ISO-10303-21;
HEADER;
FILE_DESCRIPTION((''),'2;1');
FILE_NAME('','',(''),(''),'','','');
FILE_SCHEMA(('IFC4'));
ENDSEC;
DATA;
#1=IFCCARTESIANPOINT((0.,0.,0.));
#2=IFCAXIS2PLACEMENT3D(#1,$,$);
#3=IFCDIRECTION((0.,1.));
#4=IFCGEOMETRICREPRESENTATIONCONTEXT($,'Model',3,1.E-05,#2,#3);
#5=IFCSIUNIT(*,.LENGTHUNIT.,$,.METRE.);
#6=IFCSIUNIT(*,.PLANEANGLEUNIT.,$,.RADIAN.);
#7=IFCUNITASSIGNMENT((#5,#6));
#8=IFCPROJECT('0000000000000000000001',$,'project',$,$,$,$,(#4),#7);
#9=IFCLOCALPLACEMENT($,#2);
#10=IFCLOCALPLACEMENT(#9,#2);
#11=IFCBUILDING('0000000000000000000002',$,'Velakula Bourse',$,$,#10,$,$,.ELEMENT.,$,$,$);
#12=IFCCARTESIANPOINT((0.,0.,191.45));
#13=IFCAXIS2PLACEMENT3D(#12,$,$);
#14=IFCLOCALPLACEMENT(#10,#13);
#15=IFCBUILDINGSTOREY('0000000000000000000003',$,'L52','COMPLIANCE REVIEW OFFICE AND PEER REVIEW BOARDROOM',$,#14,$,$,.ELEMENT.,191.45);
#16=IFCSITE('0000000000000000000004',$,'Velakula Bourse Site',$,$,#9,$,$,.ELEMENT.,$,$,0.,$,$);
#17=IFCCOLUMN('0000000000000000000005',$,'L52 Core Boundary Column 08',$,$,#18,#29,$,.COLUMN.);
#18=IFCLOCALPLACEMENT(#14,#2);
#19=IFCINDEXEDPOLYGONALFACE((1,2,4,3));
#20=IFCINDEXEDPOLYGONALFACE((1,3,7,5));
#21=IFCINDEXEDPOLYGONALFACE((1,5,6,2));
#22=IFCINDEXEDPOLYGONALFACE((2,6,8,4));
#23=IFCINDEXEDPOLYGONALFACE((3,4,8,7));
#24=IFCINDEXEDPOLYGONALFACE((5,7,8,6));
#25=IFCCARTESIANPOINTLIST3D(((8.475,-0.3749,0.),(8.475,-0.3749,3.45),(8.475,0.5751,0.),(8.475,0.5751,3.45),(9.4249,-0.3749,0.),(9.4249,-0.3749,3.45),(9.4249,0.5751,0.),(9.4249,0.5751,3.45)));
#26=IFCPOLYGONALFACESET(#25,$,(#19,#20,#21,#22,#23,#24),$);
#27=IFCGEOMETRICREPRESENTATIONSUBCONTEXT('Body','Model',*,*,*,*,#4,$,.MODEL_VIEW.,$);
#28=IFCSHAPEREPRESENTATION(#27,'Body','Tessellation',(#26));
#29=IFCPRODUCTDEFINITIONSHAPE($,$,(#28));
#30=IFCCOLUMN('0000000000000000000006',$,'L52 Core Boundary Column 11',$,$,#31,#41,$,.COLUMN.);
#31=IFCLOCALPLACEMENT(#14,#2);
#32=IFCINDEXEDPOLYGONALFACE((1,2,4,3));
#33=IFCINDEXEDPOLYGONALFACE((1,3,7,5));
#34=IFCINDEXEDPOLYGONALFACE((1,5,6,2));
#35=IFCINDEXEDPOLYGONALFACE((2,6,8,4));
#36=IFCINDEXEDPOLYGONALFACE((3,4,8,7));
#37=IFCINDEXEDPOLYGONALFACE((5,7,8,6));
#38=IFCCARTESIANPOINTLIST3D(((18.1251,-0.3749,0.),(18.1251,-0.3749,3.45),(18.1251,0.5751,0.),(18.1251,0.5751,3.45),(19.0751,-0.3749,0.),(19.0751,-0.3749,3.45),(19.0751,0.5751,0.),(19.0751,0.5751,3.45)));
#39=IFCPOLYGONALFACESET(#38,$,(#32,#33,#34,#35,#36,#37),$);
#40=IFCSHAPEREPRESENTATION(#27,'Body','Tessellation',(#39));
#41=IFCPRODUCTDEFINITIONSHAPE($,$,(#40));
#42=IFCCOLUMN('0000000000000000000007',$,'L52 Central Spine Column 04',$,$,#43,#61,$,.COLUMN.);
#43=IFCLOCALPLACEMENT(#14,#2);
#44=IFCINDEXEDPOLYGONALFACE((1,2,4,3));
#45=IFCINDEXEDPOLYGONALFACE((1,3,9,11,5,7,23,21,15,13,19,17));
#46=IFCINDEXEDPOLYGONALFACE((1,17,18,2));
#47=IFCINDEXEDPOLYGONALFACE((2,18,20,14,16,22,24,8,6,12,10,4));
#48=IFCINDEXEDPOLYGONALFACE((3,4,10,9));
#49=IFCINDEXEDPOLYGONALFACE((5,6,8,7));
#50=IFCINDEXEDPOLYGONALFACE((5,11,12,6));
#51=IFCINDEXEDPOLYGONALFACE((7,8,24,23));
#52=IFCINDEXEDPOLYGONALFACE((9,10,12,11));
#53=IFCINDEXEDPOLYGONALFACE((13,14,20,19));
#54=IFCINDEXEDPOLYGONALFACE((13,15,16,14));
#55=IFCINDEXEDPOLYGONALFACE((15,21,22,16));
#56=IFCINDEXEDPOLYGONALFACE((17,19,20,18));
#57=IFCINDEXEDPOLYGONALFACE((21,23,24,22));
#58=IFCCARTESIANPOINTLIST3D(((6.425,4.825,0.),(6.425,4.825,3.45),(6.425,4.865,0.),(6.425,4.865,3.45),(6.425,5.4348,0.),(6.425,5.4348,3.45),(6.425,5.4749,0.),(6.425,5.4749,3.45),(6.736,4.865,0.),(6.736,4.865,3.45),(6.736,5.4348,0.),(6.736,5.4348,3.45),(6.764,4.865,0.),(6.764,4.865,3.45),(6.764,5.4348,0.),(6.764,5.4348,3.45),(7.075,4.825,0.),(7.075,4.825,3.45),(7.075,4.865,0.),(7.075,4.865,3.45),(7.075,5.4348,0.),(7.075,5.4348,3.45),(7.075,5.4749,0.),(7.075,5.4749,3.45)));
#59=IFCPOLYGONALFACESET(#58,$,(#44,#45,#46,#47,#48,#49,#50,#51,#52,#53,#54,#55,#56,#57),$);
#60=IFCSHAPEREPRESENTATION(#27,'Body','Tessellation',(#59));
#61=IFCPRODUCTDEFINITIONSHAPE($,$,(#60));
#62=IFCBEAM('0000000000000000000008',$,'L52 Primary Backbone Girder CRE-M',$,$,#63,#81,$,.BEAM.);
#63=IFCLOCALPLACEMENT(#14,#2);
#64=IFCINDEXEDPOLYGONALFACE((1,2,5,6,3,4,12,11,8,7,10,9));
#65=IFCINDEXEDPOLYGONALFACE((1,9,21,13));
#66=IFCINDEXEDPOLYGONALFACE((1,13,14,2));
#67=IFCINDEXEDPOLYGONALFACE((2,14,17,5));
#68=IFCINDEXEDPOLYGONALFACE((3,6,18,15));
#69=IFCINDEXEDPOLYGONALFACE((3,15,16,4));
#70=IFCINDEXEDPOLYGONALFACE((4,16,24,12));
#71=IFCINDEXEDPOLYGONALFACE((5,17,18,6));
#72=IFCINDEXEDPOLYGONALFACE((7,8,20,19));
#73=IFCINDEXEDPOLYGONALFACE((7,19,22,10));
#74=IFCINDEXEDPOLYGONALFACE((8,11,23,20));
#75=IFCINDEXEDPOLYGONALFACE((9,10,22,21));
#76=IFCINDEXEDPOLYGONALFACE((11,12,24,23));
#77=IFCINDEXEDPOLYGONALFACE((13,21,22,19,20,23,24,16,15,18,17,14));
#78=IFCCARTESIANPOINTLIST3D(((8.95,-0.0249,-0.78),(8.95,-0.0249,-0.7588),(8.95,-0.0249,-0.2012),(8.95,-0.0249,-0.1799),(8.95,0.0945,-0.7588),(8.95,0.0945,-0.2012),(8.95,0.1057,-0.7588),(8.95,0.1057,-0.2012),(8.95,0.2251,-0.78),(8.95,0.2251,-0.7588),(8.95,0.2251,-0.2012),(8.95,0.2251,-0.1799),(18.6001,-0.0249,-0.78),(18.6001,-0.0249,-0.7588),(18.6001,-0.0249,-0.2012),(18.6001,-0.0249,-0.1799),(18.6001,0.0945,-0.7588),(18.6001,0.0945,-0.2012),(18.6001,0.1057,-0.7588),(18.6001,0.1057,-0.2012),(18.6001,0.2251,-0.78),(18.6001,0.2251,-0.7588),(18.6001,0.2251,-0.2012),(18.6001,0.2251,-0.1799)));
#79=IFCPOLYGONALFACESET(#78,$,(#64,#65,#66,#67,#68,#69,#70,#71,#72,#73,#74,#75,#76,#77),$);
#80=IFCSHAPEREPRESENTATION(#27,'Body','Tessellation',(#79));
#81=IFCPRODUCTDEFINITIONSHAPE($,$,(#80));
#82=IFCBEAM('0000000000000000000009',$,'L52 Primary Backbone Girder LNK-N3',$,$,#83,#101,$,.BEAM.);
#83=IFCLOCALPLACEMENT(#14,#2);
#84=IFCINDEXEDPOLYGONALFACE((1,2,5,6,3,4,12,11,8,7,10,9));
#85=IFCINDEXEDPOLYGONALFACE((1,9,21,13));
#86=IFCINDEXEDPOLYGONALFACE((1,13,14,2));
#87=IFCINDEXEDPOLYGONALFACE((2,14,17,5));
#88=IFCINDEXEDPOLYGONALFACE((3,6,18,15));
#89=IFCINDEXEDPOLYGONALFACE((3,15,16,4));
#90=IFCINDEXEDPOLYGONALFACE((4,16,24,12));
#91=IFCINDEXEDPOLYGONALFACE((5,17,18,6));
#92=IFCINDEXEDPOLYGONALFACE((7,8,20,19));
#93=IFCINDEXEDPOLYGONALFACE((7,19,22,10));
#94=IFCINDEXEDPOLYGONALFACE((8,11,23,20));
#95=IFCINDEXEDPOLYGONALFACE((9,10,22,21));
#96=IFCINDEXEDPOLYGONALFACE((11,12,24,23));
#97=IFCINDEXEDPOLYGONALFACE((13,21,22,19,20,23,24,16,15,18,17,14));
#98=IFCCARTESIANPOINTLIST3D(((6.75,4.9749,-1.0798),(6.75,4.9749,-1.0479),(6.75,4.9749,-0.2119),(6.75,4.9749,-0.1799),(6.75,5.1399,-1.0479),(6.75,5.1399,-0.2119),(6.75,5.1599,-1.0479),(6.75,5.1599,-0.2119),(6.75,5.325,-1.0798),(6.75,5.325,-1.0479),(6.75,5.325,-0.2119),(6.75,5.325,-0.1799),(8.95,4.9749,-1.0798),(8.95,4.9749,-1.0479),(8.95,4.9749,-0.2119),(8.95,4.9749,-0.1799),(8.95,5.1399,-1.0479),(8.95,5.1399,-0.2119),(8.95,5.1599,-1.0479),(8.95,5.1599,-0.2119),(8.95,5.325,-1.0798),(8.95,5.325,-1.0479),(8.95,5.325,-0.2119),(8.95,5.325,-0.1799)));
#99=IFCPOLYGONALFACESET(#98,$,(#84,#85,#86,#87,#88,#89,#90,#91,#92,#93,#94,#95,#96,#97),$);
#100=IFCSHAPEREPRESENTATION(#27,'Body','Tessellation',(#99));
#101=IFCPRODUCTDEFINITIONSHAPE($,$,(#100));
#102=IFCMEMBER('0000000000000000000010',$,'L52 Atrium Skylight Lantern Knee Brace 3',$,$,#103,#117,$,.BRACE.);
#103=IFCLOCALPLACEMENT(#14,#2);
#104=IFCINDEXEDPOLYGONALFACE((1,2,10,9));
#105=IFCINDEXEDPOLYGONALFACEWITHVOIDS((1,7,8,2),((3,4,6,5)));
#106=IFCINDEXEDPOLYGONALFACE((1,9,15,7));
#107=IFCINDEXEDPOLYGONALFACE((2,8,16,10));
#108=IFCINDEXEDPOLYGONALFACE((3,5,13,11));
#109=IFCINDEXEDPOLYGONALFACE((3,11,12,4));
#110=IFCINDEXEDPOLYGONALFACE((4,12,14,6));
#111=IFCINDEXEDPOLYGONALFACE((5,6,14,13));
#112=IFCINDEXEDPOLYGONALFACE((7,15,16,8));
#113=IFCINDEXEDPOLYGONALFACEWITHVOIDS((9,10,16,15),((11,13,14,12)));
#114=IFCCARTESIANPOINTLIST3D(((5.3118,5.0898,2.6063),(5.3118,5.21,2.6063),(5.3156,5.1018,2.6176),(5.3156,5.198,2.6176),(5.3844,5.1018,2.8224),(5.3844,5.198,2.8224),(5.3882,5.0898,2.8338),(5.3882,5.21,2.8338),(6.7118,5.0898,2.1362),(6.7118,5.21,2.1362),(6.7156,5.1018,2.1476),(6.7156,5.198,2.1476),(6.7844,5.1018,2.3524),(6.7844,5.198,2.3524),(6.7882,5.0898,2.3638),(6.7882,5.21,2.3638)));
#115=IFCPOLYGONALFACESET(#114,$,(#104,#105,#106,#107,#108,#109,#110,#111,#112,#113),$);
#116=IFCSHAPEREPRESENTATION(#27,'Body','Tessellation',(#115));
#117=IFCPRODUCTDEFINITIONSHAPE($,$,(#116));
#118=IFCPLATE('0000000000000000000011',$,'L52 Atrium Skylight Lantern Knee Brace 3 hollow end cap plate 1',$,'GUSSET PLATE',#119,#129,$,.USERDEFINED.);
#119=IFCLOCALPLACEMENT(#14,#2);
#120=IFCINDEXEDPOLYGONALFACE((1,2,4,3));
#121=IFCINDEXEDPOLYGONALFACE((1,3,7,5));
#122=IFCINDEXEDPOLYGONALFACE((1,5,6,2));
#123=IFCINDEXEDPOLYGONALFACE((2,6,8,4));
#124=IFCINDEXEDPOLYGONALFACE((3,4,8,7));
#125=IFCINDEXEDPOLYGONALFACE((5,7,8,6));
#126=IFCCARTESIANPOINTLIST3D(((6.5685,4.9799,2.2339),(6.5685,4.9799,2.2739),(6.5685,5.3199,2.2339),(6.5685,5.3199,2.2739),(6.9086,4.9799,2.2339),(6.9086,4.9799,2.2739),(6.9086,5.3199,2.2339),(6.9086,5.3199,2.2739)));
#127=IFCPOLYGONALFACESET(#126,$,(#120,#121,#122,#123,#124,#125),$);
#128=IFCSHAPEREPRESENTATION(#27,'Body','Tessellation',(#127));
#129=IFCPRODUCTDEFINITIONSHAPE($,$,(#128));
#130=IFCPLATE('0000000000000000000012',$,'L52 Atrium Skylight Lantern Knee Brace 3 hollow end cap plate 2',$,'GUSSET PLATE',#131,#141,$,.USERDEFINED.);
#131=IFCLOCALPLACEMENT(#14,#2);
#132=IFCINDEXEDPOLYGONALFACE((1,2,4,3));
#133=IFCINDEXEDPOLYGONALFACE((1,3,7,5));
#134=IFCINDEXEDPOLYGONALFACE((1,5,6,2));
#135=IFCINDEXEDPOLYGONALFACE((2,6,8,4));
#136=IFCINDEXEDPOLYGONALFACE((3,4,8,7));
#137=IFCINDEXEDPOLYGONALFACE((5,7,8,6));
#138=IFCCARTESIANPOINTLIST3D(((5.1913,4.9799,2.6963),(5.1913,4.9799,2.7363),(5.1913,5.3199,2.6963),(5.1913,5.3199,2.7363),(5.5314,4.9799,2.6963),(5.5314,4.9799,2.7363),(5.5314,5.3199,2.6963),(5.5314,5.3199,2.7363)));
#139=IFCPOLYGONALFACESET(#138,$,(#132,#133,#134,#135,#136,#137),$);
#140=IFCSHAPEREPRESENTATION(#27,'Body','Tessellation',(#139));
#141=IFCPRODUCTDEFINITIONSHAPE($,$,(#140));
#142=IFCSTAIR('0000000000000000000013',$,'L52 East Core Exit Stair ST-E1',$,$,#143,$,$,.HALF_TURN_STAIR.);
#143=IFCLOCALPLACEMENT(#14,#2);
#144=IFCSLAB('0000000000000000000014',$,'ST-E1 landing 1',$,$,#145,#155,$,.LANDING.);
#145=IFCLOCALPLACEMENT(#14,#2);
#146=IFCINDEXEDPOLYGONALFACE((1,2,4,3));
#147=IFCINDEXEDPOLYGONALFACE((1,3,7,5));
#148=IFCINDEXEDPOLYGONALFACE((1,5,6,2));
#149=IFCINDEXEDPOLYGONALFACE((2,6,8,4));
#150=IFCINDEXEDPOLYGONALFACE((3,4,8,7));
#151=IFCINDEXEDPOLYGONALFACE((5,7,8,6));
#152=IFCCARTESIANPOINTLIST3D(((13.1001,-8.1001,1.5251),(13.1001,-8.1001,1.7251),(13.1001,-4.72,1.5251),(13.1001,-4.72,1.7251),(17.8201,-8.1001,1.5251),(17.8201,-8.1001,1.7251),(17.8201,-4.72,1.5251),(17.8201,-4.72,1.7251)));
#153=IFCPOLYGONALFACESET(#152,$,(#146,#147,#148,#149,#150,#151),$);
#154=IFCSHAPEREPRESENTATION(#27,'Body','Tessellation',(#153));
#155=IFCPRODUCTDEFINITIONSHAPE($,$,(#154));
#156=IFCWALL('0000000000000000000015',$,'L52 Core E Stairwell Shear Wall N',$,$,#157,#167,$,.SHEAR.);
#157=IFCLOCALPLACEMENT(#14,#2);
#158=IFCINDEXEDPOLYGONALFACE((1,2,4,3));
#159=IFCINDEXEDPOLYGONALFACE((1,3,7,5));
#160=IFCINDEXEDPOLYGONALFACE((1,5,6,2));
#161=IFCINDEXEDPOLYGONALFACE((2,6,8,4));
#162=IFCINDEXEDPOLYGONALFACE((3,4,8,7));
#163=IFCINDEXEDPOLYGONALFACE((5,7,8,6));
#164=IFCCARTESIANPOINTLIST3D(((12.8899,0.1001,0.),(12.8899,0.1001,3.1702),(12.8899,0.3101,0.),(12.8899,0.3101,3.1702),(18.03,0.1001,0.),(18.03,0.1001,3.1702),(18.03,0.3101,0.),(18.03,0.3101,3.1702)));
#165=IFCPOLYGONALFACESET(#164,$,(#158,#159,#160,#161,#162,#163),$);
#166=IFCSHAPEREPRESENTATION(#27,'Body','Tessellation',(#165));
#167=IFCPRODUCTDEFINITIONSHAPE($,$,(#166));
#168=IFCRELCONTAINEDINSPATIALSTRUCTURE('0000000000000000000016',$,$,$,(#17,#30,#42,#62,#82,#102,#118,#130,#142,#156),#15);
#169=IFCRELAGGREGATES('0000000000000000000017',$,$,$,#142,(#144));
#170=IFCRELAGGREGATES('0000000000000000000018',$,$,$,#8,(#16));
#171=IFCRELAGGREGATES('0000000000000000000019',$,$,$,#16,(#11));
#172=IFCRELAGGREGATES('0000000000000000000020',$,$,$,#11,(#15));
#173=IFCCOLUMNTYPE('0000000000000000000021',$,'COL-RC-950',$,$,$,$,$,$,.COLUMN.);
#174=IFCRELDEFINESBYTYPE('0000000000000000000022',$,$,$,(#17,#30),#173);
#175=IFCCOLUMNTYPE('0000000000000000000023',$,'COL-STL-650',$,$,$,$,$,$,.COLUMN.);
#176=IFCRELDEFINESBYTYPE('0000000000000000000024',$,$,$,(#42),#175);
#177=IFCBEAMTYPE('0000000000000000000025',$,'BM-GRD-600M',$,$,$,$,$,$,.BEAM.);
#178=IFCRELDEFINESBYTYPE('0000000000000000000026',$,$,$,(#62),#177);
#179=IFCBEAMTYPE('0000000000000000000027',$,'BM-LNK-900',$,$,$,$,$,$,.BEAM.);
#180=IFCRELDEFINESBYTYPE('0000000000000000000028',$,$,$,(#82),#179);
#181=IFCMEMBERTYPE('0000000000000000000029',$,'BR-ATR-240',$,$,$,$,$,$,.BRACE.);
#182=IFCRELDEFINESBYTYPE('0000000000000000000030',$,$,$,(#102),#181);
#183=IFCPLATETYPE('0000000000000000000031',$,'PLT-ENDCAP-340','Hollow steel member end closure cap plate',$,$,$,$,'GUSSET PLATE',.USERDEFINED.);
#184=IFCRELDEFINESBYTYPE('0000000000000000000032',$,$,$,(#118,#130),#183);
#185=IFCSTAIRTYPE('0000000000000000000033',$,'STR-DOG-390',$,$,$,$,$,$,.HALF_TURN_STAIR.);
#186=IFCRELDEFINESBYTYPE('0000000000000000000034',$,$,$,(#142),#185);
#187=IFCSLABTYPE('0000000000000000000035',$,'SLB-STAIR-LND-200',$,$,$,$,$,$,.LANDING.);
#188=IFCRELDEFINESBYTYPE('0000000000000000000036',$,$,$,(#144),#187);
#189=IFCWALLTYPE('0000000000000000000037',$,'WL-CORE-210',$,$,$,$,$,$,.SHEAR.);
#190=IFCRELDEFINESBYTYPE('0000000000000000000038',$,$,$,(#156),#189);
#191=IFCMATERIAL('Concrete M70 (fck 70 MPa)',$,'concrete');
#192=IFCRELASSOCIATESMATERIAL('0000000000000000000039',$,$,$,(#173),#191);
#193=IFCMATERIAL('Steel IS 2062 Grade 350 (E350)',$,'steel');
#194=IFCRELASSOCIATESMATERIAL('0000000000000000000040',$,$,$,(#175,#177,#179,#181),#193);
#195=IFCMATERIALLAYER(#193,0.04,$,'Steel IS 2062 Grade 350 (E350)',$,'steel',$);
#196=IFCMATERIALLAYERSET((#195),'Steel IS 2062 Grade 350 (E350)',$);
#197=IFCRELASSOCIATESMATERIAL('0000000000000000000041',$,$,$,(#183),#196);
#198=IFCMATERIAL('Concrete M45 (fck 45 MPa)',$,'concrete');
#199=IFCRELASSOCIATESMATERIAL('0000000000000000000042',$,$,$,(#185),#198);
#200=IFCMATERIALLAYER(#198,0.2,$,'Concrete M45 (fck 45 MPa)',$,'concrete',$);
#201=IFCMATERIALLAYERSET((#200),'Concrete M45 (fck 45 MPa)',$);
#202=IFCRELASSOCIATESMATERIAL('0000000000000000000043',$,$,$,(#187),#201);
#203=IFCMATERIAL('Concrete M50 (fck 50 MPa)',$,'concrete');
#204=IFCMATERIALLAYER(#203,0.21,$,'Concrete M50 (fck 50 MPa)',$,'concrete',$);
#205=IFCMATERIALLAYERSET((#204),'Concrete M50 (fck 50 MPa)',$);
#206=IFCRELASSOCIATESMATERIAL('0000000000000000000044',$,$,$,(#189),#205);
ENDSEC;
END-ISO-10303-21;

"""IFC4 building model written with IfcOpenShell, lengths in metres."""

from ifc_helpers import new_model, si_unit, direction, frame, frame_2d, origin, origin_2d, place, context, subcontext, project, spatial, polyline, rectangle, hollow_rectangle, i_section, outline, extrude, material, layer, layer_set, material_profile, profile_set, type_object, element, aggregate, save


model = new_model("IFC4")

# Units and contexts
model_context = context("Model", 3, precision=1e-05, world=origin(), true_north=direction((0.0, 1.0)))
body_context = subcontext(model_context, "Body", "Model", "MODEL_VIEW")
ifc_project = project(units=[si_unit("LENGTHUNIT", "METRE"), si_unit("PLANEANGLEUNIT", "RADIAN")], contexts=[model_context])

# Site, building, storey
site_placement = place(None, origin())
site = spatial("IfcSite", under=ifc_project, at=site_placement, Name="Velakula Bourse Site", CompositionType="ELEMENT", RefElevation=0.0)
building_placement = place(site_placement, origin())
building = spatial("IfcBuilding", under=site, at=building_placement, Name="Velakula Bourse", CompositionType="ELEMENT")
storey_placement = place(building_placement, frame((0.0, 0.0, 191.45)))
storey = spatial("IfcBuildingStorey", under=building, at=storey_placement, Name="L52", Description="COMPLIANCE REVIEW OFFICE AND PEER REVIEW BOARDROOM", CompositionType="ELEMENT", Elevation=191.45)

# Columns
ifc_material_1 = material(Name="Concrete M70 (fck 70 MPa)", Category="concrete")
ifc_material_profile_1 = material_profile(ifc_material_1, rectangle(XDim=0.95, YDim=0.95, at=origin_2d()), Name="Concrete M70 (fck 70 MPa)")
ifc_profile_set_1 = profile_set([ifc_material_profile_1], Name="Concrete M70 (fck 70 MPa)")
column_type_1 = type_object("IfcColumnType", Name="COL-RC-950", PredefinedType="COLUMN", material=ifc_profile_set_1)
for number, where, z_axis, x_axis, name in (
    (1, (8.95, 0.1001, 0.0), (0.0, 0.0, 1.0), (1.0, 0.0, 0.0), "L52 Core Boundary Column 08"),
    (2, (18.6001, 0.1001, 0.0), (0.0, 0.0, 1.0), (1.0, 0.0, 0.0), "L52 Core Boundary Column 11"),
):
    element("IfcColumn", number, at=place(storey_placement, frame(where, z_axis=z_axis, x_axis=x_axis)), inside=storey, type_object=column_type_1, Name=name, PredefinedType="COLUMN", context=body_context, shape_type="SweptSolid", body=[
        extrude(rectangle(XDim=0.95, YDim=0.95, at=origin_2d()), origin(), (0.0, 0.0, 1.0), 3.45),
    ])
ifc_material_2 = material(Name="Steel IS 2062 Grade 350 (E350)", Category="steel")
ifc_material_profile_2 = material_profile(ifc_material_2, i_section(OverallWidth=0.6499, OverallDepth=0.6499, WebThickness=0.0281, FlangeThickness=0.04, at=origin_2d()), Name="Steel IS 2062 Grade 350 (E350)")
ifc_profile_set_2 = profile_set([ifc_material_profile_2], Name="Steel IS 2062 Grade 350 (E350)")
column_type_2 = type_object("IfcColumnType", Name="COL-STL-650", PredefinedType="COLUMN", material=ifc_profile_set_2)
column_placement = place(storey_placement, frame((6.75, 5.1499, 0.0), z_axis=(0.0, 0.0, 1.0), x_axis=(1.0, 0.0, 0.0)))
element("IfcColumn", 3, at=column_placement, inside=storey, type_object=column_type_2, Name="L52 Central Spine Column 04", PredefinedType="COLUMN", context=body_context, shape_type="SweptSolid", body=[
    extrude(i_section(OverallWidth=0.6499, OverallDepth=0.6499, WebThickness=0.0281, FlangeThickness=0.04, at=origin_2d()), origin(), (0.0, 0.0, 1.0), 3.45),
])

# Beams
ifc_material_profile_3 = material_profile(ifc_material_2, i_section(OverallWidth=0.25, OverallDepth=0.6001, WebThickness=0.0112, FlangeThickness=0.0212, at=origin_2d()), Name="Steel IS 2062 Grade 350 (E350)")
ifc_profile_set_3 = profile_set([ifc_material_profile_3], Name="Steel IS 2062 Grade 350 (E350)")
beam_type_1 = type_object("IfcBeamType", Name="BM-GRD-600M", PredefinedType="BEAM", material=ifc_profile_set_3)
beam_1_placement = place(storey_placement, frame((8.95, 0.1001, -0.48), z_axis=(1.0, 0.0, 0.0), x_axis=(0.0, 1.0, 0.0)))
element("IfcBeam", 4, at=beam_1_placement, inside=storey, type_object=beam_type_1, Name="L52 Primary Backbone Girder CRE-M", PredefinedType="BEAM", context=body_context, shape_type="SweptSolid", body=[
    extrude(i_section(OverallWidth=0.25, OverallDepth=0.6001, WebThickness=0.0112, FlangeThickness=0.0212, at=origin_2d()), origin(), (0.0, 0.0, 1.0), 9.6501),
])
ifc_material_profile_4 = material_profile(ifc_material_2, i_section(OverallWidth=0.3501, OverallDepth=0.8999, WebThickness=0.02, FlangeThickness=0.032, at=origin_2d()), Name="Steel IS 2062 Grade 350 (E350)")
ifc_profile_set_4 = profile_set([ifc_material_profile_4], Name="Steel IS 2062 Grade 350 (E350)")
beam_type_2 = type_object("IfcBeamType", Name="BM-LNK-900", PredefinedType="BEAM", material=ifc_profile_set_4)
beam_2_placement = place(storey_placement, frame((6.75, 5.1499, -0.6299), z_axis=(1.0, 0.0, 0.0), x_axis=(0.0, 1.0, 0.0)))
element("IfcBeam", 5, at=beam_2_placement, inside=storey, type_object=beam_type_2, Name="L52 Primary Backbone Girder LNK-N3", PredefinedType="BEAM", context=body_context, shape_type="SweptSolid", body=[
    extrude(i_section(OverallWidth=0.3501, OverallDepth=0.8999, WebThickness=0.02, FlangeThickness=0.032, at=origin_2d()), origin(), (0.0, 0.0, 1.0), 2.2),
])

# Member
ifc_material_profile_5 = material_profile(ifc_material_2, hollow_rectangle(XDim=0.1201, YDim=0.24, WallThickness=0.012, at=origin_2d()), Name="Steel IS 2062 Grade 350 (E350)")
ifc_profile_set_5 = profile_set([ifc_material_profile_5], Name="Steel IS 2062 Grade 350 (E350)")
member_type = type_object("IfcMemberType", Name="BR-ATR-240", PredefinedType="BRACE", material=ifc_profile_set_5)
member_placement = place(storey_placement, frame((6.75, 5.1499, 2.25), z_axis=(-0.948003, 0.0, 0.318261), x_axis=(0.0, -1.0, 0.0)))
element("IfcMember", 6, at=member_placement, inside=storey, type_object=member_type, Name="L52 Atrium Skylight Lantern Knee Brace 3", PredefinedType="BRACE", context=body_context, shape_type="SweptSolid", body=[
    extrude(hollow_rectangle(XDim=0.1201, YDim=0.24, WallThickness=0.012, at=origin_2d()), origin(), (0.0, 0.0, 1.0), 1.4768),
])

# Plates
ifc_layer_1 = layer(ifc_material_2, 0.04, Name="Steel IS 2062 Grade 350 (E350)", Category="steel")
ifc_layer_set_1 = layer_set([ifc_layer_1], Name="Steel IS 2062 Grade 350 (E350)")
plate_type = type_object("IfcPlateType", Name="PLT-ENDCAP-340", Description="Hollow steel member end closure cap plate", ElementType="GUSSET PLATE", PredefinedType="USERDEFINED", material=ifc_layer_set_1)
for number, where, z_axis, x_axis, name in (
    (7, (6.7385, 5.1499, 2.2339), (0.0, 0.0, 1.0), (-1.0, 0.0, 0.0), "L52 Atrium Skylight Lantern Knee Brace 3 hollow end cap plate 1"),
    (8, (5.3613, 5.1499, 2.6963), (0.0, 0.0, 1.0), (-1.0, 0.0, 0.0), "L52 Atrium Skylight Lantern Knee Brace 3 hollow end cap plate 2"),
):
    element("IfcPlate", number, at=place(storey_placement, frame(where, z_axis=z_axis, x_axis=x_axis)), inside=storey, type_object=plate_type, Name=name, ObjectType="GUSSET PLATE", PredefinedType="USERDEFINED", context=body_context, shape_type="SweptSolid", body=[
        extrude(rectangle(XDim=0.3401, YDim=0.3401, at=origin_2d()), origin(), (0.0, 0.0, 1.0), 0.04),
    ])

# Stair, slab
ifc_material_3 = material(Name="Concrete M45 (fck 45 MPa)", Category="concrete")
stair_type = type_object("IfcStairType", Name="STR-DOG-390", PredefinedType="HALF_TURN_STAIR", material=ifc_material_3)
stair_placement = place(storey_placement, origin())
stair = element("IfcStair", 9, at=stair_placement, inside=storey, type_object=stair_type, Name="L52 East Core Exit Stair ST-E1", PredefinedType="HALF_TURN_STAIR")
ifc_layer_2 = layer(ifc_material_3, 0.2, Name="Concrete M45 (fck 45 MPa)", Category="concrete")
ifc_layer_set_2 = layer_set([ifc_layer_2], Name="Concrete M45 (fck 45 MPa)")
slab_type = type_object("IfcSlabType", Name="SLB-STAIR-LND-200", PredefinedType="LANDING", material=ifc_layer_set_2)
slab_placement = place(storey_placement, frame((0.0, 0.0, 1.5251)))
slab = element("IfcSlab", 10, at=slab_placement, type_object=slab_type, Name="ST-E1 landing 1", PredefinedType="LANDING", context=body_context, shape_type="SweptSolid", body=[
    extrude(outline(polyline([(13.1001, -4.72), (13.1001, -8.1001), (17.8201, -8.1001), (17.8201, -4.72), (13.1001, -4.72)])), origin(), (0.0, 0.0, 1.0), 0.2),
])
aggregate(stair, [slab])

# Wall
ifc_material_4 = material(Name="Concrete M50 (fck 50 MPa)", Category="concrete")
ifc_layer_3 = layer(ifc_material_4, 0.21, Name="Concrete M50 (fck 50 MPa)", Category="concrete")
ifc_layer_set_3 = layer_set([ifc_layer_3], Name="Concrete M50 (fck 50 MPa)")
wall_type_1 = type_object("IfcWallType", Name="WL-CORE-210", PredefinedType="SHEAR", material=ifc_layer_set_3)
wall_1_placement = place(storey_placement, frame((18.03, 0.2051, 0.0), z_axis=(0.0, 0.0, 1.0), x_axis=(-1.0, 0.0, 0.0)))
element("IfcWall", 11, at=wall_1_placement, inside=storey, type_object=wall_type_1, Name="L52 Core E Stairwell Shear Wall N", PredefinedType="SHEAR", context=body_context, shape_type="SweptSolid", body=[
    extrude(rectangle(XDim=5.1401, YDim=0.21, at=frame_2d((2.5701, 0.0))), origin(), (0.0, 0.0, 1.0), 3.1702),
])

save(model, "model.ifc")
